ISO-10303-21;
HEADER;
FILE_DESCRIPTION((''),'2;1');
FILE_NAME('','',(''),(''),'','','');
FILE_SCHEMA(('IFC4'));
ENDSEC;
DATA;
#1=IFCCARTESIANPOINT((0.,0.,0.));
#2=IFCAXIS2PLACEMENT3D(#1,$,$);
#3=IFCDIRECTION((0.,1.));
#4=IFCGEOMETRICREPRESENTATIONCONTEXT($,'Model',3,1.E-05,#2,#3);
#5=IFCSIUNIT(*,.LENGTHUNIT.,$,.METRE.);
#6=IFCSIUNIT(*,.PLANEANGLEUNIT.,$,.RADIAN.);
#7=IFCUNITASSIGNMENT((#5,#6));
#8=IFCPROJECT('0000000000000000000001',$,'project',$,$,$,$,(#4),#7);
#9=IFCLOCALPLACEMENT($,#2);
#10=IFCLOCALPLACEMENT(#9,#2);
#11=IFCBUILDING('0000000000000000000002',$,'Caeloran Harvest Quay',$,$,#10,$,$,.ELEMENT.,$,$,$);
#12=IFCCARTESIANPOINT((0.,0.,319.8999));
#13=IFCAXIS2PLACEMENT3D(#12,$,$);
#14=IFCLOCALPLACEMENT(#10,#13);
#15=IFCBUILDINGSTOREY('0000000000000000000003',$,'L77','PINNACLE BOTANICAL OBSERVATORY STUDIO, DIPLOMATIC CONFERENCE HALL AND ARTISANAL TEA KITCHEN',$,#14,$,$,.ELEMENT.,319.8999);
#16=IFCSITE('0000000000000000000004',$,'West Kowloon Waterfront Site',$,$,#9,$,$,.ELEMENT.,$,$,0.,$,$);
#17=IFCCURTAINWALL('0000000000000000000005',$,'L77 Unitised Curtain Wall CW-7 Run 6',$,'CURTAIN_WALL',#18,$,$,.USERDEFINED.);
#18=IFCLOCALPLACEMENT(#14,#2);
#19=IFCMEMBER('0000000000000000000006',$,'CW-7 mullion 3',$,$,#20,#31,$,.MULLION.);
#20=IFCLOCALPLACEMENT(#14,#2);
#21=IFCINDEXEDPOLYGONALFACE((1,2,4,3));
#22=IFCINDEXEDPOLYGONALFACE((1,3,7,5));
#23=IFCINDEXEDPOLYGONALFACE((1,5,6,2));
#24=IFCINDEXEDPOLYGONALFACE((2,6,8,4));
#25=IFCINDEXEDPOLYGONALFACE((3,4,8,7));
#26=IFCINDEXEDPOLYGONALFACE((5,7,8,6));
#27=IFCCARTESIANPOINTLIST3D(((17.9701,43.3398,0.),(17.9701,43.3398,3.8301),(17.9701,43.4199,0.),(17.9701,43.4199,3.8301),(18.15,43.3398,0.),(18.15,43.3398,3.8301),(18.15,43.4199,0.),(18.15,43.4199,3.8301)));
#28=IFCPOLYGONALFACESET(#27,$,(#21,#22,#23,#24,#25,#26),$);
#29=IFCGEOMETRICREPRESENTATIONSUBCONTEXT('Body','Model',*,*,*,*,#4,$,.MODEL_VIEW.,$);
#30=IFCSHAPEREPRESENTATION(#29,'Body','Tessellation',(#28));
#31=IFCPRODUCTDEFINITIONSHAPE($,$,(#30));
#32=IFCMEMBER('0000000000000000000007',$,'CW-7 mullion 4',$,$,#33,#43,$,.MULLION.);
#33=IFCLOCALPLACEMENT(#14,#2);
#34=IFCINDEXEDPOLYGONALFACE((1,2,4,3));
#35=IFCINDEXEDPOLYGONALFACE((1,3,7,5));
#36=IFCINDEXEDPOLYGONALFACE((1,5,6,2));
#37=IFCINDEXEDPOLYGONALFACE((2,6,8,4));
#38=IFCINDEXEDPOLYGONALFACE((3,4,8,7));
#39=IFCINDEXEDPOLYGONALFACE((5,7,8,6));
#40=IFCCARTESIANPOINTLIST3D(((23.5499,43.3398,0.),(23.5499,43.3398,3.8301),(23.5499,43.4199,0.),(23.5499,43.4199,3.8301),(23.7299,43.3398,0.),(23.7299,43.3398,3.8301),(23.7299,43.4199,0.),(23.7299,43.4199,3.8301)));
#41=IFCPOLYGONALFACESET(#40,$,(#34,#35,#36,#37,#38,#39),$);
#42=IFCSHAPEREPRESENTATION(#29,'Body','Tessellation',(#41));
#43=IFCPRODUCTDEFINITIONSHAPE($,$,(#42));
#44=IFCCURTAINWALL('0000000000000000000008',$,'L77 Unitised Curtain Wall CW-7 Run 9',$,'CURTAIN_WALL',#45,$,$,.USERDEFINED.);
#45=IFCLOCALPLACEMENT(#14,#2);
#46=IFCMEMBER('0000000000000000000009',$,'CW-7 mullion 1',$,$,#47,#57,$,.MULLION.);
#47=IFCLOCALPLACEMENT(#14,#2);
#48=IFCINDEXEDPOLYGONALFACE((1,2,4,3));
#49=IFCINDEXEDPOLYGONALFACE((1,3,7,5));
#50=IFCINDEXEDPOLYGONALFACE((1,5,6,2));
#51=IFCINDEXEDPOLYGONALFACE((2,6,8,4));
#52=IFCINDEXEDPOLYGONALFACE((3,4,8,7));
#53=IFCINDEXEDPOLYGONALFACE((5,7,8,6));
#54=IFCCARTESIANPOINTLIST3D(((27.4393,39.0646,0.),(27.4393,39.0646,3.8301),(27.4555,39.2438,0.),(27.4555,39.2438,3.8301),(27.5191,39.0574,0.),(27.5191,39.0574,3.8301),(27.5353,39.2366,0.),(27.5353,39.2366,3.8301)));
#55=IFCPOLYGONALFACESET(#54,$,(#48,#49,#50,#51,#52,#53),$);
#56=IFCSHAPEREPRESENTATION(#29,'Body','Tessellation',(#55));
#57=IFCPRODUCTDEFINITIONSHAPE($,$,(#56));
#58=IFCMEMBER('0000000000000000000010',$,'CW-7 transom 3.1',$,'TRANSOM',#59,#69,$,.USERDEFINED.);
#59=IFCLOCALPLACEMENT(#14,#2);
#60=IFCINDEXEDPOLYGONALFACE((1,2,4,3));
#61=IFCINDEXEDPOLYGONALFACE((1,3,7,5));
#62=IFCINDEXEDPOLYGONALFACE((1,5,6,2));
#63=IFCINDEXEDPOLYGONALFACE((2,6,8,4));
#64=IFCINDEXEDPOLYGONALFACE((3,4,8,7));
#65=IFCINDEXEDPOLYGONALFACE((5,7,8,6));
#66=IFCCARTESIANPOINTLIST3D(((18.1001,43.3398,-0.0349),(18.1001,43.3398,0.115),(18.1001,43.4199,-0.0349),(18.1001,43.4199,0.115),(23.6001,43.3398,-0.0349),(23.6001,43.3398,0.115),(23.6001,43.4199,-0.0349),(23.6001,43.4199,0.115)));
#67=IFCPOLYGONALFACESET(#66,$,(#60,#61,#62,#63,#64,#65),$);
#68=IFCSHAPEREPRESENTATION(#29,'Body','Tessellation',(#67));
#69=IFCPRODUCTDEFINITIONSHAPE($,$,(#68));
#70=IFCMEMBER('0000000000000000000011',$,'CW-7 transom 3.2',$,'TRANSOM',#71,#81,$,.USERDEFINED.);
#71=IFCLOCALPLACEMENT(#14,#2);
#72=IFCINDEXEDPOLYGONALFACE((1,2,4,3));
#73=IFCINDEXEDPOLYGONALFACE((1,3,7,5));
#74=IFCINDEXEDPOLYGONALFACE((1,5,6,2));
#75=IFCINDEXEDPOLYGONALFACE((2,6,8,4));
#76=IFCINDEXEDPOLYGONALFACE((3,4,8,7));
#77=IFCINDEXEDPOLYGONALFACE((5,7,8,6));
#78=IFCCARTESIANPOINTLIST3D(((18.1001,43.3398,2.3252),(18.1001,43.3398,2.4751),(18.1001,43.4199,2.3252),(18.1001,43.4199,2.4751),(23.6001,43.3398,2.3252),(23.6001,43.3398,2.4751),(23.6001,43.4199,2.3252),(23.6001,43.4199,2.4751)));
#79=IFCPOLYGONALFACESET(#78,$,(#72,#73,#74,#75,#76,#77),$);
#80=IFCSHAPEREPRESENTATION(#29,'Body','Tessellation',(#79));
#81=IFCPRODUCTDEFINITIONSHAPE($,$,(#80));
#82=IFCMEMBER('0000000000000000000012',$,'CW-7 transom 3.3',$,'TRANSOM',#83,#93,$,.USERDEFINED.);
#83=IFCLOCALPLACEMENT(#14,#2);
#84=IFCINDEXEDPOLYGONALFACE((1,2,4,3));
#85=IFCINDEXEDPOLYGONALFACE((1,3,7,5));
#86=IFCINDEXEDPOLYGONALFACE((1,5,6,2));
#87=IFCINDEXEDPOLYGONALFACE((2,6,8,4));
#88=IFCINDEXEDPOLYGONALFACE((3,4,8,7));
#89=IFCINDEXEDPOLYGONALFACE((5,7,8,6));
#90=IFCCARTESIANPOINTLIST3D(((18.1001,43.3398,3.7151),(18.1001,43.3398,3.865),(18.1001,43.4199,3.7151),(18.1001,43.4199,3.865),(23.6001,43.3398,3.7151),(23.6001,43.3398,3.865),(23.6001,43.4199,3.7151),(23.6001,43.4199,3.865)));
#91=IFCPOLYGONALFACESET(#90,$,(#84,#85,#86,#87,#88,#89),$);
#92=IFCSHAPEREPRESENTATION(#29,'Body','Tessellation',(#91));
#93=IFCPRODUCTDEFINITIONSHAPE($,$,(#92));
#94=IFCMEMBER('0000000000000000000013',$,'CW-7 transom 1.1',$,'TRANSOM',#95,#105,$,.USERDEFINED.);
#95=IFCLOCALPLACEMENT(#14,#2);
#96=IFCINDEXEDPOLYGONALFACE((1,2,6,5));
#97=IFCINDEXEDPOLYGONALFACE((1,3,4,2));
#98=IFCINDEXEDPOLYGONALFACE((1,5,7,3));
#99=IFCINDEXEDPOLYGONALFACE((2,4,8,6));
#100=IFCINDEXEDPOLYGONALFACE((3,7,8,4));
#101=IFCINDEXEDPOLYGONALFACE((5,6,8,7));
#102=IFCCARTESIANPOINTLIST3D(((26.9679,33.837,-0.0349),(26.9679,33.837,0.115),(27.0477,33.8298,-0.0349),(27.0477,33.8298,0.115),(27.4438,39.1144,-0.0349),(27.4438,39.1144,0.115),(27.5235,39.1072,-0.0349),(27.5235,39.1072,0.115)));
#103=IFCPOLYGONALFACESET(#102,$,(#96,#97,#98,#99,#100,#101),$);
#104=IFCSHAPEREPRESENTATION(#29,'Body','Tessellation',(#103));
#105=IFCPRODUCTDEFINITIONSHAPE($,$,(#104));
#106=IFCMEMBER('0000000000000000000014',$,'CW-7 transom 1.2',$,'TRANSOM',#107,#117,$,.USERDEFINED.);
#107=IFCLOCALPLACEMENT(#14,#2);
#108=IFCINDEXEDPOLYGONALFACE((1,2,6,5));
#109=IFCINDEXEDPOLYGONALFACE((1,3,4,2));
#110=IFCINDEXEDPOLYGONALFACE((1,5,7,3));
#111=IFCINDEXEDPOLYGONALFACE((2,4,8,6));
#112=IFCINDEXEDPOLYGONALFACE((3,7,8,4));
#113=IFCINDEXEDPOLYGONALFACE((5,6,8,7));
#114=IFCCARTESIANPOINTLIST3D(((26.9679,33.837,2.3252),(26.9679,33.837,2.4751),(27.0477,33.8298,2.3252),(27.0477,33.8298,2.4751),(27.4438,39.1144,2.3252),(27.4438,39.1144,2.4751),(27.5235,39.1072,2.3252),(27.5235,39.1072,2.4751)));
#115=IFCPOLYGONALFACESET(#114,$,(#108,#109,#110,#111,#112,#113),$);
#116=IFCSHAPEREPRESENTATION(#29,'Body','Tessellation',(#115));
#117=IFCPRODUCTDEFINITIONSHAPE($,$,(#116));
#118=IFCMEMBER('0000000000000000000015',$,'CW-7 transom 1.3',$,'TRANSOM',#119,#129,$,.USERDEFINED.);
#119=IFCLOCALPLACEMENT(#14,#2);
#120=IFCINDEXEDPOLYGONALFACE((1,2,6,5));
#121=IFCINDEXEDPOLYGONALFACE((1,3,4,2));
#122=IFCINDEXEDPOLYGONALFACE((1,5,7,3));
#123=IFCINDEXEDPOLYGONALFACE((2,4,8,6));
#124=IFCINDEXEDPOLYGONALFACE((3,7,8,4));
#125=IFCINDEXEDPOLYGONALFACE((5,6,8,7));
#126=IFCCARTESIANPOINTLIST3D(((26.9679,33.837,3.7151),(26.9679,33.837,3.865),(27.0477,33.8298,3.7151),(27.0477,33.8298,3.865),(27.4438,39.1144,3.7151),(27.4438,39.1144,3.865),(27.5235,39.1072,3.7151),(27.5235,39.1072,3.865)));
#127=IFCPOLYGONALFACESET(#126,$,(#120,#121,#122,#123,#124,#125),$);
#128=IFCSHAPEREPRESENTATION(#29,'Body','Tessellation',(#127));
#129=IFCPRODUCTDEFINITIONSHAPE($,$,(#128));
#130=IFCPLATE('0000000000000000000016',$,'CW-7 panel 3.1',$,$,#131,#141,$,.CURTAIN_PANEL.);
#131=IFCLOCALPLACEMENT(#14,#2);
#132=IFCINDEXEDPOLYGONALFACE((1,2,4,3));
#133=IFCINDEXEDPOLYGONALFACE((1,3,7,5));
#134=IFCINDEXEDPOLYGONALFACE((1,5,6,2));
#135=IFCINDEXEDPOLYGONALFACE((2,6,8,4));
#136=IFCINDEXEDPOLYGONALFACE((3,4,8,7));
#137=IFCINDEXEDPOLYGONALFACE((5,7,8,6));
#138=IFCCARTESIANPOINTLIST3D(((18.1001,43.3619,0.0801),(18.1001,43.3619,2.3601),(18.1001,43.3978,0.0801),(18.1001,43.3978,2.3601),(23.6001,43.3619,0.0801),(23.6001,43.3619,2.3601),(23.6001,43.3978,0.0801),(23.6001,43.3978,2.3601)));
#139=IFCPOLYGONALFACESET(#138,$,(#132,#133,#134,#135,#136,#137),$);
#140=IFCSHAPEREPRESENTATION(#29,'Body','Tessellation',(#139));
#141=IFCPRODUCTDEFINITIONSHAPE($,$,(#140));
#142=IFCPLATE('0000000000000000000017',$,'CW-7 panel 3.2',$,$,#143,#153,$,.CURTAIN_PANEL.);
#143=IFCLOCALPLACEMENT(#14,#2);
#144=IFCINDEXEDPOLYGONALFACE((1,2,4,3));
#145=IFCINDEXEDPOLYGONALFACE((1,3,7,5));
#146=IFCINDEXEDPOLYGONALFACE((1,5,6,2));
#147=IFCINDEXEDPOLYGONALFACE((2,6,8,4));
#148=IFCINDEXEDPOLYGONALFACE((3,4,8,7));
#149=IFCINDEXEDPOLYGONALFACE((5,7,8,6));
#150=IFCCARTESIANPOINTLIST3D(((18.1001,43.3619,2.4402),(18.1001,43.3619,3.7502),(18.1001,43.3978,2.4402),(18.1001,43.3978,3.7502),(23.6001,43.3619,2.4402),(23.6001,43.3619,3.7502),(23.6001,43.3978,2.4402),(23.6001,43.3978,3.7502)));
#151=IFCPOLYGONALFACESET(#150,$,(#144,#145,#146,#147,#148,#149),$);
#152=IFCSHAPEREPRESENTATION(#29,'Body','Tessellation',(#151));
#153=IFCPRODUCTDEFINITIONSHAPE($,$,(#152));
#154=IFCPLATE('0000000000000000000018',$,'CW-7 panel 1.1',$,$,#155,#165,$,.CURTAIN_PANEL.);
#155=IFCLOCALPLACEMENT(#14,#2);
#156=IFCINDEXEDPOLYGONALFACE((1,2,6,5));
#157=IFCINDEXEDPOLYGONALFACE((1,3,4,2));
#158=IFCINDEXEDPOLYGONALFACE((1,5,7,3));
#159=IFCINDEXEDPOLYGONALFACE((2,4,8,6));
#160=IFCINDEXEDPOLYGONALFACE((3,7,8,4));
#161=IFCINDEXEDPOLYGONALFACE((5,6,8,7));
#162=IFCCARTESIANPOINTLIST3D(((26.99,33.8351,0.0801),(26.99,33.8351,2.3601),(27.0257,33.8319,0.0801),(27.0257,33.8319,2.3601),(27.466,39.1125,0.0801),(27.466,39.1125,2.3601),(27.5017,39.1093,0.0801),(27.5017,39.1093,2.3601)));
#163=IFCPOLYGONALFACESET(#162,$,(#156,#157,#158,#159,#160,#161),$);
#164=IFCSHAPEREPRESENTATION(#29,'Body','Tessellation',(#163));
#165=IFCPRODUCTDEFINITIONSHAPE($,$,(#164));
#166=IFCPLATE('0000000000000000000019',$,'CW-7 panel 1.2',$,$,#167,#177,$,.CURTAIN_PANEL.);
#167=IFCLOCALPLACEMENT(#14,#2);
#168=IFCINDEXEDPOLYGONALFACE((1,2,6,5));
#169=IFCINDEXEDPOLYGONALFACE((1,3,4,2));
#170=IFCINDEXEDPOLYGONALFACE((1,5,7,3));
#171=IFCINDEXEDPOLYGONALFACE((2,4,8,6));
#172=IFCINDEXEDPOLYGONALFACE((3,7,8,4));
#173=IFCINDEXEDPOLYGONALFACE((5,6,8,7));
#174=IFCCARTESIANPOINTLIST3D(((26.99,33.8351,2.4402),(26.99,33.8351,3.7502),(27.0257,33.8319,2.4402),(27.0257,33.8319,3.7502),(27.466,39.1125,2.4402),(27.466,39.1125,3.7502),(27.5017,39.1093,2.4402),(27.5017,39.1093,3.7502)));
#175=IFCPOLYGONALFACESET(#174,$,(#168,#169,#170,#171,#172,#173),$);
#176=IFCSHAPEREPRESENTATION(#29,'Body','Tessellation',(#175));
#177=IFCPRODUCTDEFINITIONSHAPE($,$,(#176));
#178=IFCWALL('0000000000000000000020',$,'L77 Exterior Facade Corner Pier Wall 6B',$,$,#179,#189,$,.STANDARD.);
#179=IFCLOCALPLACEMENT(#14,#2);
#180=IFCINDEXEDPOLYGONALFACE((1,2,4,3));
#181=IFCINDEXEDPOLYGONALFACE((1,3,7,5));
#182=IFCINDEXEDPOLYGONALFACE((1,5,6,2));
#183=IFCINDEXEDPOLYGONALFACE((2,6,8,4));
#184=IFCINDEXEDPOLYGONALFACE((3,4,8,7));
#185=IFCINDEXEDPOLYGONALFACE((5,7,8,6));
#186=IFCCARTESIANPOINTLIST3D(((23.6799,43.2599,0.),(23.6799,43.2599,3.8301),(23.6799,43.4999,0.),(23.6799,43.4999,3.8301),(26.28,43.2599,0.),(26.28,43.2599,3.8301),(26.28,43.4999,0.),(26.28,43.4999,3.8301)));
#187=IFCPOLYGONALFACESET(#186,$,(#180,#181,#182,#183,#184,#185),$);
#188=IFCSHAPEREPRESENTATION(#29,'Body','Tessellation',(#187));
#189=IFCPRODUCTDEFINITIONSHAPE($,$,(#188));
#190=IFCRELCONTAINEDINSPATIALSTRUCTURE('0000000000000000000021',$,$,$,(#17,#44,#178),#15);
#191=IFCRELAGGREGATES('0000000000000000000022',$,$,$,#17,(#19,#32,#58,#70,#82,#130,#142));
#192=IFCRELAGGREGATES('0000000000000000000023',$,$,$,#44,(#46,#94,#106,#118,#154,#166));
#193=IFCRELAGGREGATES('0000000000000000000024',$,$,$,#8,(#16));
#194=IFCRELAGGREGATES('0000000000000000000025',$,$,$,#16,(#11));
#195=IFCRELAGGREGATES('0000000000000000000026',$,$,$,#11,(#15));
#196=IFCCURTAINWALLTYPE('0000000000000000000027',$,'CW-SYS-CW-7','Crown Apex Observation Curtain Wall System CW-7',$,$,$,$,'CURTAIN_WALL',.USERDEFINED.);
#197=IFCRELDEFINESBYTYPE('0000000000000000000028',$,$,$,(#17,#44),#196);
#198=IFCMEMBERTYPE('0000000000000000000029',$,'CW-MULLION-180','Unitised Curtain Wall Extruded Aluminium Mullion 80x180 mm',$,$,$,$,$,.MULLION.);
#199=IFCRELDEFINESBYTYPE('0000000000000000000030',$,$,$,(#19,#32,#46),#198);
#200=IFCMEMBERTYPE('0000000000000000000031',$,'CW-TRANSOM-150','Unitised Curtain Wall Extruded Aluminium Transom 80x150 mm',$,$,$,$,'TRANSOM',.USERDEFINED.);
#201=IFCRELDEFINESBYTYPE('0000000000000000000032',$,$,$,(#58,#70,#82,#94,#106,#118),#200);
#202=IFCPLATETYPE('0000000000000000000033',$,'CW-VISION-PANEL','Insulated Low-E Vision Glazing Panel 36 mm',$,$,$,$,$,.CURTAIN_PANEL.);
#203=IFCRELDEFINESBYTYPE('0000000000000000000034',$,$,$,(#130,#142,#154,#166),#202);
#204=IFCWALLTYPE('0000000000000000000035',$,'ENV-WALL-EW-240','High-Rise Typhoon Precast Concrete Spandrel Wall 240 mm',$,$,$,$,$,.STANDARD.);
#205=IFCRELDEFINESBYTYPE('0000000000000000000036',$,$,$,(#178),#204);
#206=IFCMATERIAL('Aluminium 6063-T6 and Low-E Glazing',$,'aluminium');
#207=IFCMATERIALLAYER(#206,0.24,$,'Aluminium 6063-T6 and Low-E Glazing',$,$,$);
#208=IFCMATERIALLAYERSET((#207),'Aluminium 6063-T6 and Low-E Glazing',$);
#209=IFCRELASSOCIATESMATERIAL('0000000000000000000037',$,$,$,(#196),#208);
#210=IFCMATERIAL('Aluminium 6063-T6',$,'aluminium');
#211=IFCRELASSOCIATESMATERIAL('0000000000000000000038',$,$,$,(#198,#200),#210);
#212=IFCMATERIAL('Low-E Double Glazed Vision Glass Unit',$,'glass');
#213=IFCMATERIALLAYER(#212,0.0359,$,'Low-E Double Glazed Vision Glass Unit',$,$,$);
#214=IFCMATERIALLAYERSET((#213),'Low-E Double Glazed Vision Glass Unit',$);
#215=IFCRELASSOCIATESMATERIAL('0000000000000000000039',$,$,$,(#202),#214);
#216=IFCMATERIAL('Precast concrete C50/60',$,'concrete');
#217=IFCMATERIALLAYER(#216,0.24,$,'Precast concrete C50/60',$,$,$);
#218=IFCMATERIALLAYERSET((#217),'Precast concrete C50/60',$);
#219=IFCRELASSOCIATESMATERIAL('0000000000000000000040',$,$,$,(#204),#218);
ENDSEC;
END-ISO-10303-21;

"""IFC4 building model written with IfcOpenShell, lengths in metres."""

from ifc_helpers import new_model, si_unit, direction, frame, frame_2d, origin, origin_2d, place, context, subcontext, project, spatial, rectangle, extrude, material, layer, layer_set, material_profile, profile_set, type_object, element, aggregate, save


model = new_model("IFC4")

# Units and contexts
model_context = context("Model", 3, precision=1e-05, world=origin(), true_north=direction((0.0, 1.0)))
body_context = subcontext(model_context, "Body", "Model", "MODEL_VIEW")
ifc_project = project(units=[si_unit("LENGTHUNIT", "METRE"), si_unit("PLANEANGLEUNIT", "RADIAN")], contexts=[model_context])

# Site, building, storey
site_placement = place(None, origin())
site = spatial("IfcSite", under=ifc_project, at=site_placement, Name="West Kowloon Waterfront Site", CompositionType="ELEMENT", RefElevation=0.0)
building_placement = place(site_placement, origin())
building = spatial("IfcBuilding", under=site, at=building_placement, Name="Caeloran Harvest Quay", CompositionType="ELEMENT")
storey_placement = place(building_placement, frame((0.0, 0.0, 319.8999)))
storey = spatial("IfcBuildingStorey", under=building, at=storey_placement, Name="L77", Description="PINNACLE BOTANICAL OBSERVATORY STUDIO, DIPLOMATIC CONFERENCE HALL AND ARTISANAL TEA KITCHEN", CompositionType="ELEMENT", Elevation=319.8999)

# Curtain wall, members
ifc_material_1 = material(Name="Aluminium 6063-T6 and Low-E Glazing", Category="aluminium")
ifc_layer_1 = layer(ifc_material_1, 0.24, Name="Aluminium 6063-T6 and Low-E Glazing")
ifc_layer_set_1 = layer_set([ifc_layer_1], Name="Aluminium 6063-T6 and Low-E Glazing")
curtain_wall_type = type_object("IfcCurtainWallType", Name="CW-SYS-CW-7", Description="Crown Apex Observation Curtain Wall System CW-7", ElementType="CURTAIN_WALL", PredefinedType="USERDEFINED", material=ifc_layer_set_1)
curtain_wall_1_placement = place(storey_placement, origin())
curtain_wall_1 = element("IfcCurtainWall", 1, at=curtain_wall_1_placement, inside=storey, type_object=curtain_wall_type, Name="L77 Unitised Curtain Wall CW-7 Run 6", ObjectType="CURTAIN_WALL", PredefinedType="USERDEFINED")
ifc_material_2 = material(Name="Aluminium 6063-T6", Category="aluminium")
ifc_material_profile_1 = material_profile(ifc_material_2, rectangle(XDim=0.0801, YDim=0.1799, at=origin_2d()), Name="CW-MULLION-180")
ifc_profile_set_1 = profile_set([ifc_material_profile_1], Name="Aluminium 6063-T6")
member_type_1 = type_object("IfcMemberType", Name="CW-MULLION-180", Description="Unitised Curtain Wall Extruded Aluminium Mullion 80x180 mm", PredefinedType="MULLION", material=ifc_profile_set_1)
member_1_placement = place(storey_placement, frame((18.0601, 43.3799, 0.0), z_axis=(0.0, 0.0, 1.0), x_axis=(0.0, 1.0, 0.0)))
member_1 = element("IfcMember", 2, at=member_1_placement, type_object=member_type_1, Name="CW-7 mullion 3", PredefinedType="MULLION", context=body_context, shape_type="SweptSolid", body=[
    extrude(rectangle(XDim=0.0801, YDim=0.1799, at=origin_2d()), origin(), (0.0, 0.0, 1.0), 3.8301),
])
member_2_placement = place(storey_placement, frame((23.6399, 43.3799, 0.0), z_axis=(0.0, 0.0, 1.0), x_axis=(0.0, 1.0, 0.0)))
member_2 = element("IfcMember", 3, at=member_2_placement, type_object=member_type_1, Name="CW-7 mullion 4", PredefinedType="MULLION", context=body_context, shape_type="SweptSolid", body=[
    extrude(rectangle(XDim=0.0801, YDim=0.1799, at=origin_2d()), origin(), (0.0, 0.0, 1.0), 3.8301),
])

# Curtain wall, member
curtain_wall_2_placement = place(storey_placement, origin())
curtain_wall_2 = element("IfcCurtainWall", 4, at=curtain_wall_2_placement, inside=storey, type_object=curtain_wall_type, Name="L77 Unitised Curtain Wall CW-7 Run 9", ObjectType="CURTAIN_WALL", PredefinedType="USERDEFINED")
member_3_placement = place(storey_placement, frame((27.4873, 39.1506, 0.0), z_axis=(0.0, 0.0, 1.0), x_axis=(0.995958, -0.089821, 0.0)))
member_3 = element("IfcMember", 5, at=member_3_placement, type_object=member_type_1, Name="CW-7 mullion 1", PredefinedType="MULLION", context=body_context, shape_type="SweptSolid", body=[
    extrude(rectangle(XDim=0.0801, YDim=0.1799, at=origin_2d()), origin(), (0.0, 0.0, 1.0), 3.8301),
])

# Members
ifc_material_profile_2 = material_profile(ifc_material_2, rectangle(XDim=0.0801, YDim=0.1499, at=origin_2d()), Name="CW-TRANSOM-150")
ifc_profile_set_2 = profile_set([ifc_material_profile_2], Name="Aluminium 6063-T6")
member_type_2 = type_object("IfcMemberType", Name="CW-TRANSOM-150", Description="Unitised Curtain Wall Extruded Aluminium Transom 80x150 mm", ElementType="TRANSOM", PredefinedType="USERDEFINED", material=ifc_profile_set_2)
member_4_placement = place(storey_placement, frame((18.1001, 43.3799, 0.04), z_axis=(1.0, 0.0, 0.0), x_axis=(0.0, 1.0, 0.0)))
member_4 = element("IfcMember", 6, at=member_4_placement, type_object=member_type_2, Name="CW-7 transom 3.1", ObjectType="TRANSOM", PredefinedType="USERDEFINED", context=body_context, shape_type="SweptSolid", body=[
    extrude(rectangle(XDim=0.0801, YDim=0.1499, at=origin_2d()), origin(), (0.0, 0.0, 1.0), 5.5),
])
member_5_placement = place(storey_placement, frame((18.1001, 43.3799, 2.4001), z_axis=(1.0, 0.0, 0.0), x_axis=(0.0, 1.0, 0.0)))
member_5 = element("IfcMember", 7, at=member_5_placement, type_object=member_type_2, Name="CW-7 transom 3.2", ObjectType="TRANSOM", PredefinedType="USERDEFINED", context=body_context, shape_type="SweptSolid", body=[
    extrude(rectangle(XDim=0.0801, YDim=0.1499, at=origin_2d()), origin(), (0.0, 0.0, 1.0), 5.5),
])
member_6_placement = place(storey_placement, frame((18.1001, 43.3799, 3.79), z_axis=(1.0, 0.0, 0.0), x_axis=(0.0, 1.0, 0.0)))
member_6 = element("IfcMember", 8, at=member_6_placement, type_object=member_type_2, Name="CW-7 transom 3.3", ObjectType="TRANSOM", PredefinedType="USERDEFINED", context=body_context, shape_type="SweptSolid", body=[
    extrude(rectangle(XDim=0.0801, YDim=0.1499, at=origin_2d()), origin(), (0.0, 0.0, 1.0), 5.5),
])
member_7_placement = place(storey_placement, frame((27.4836, 39.1108, 0.04), z_axis=(-0.0898, -0.99596, 0.0), x_axis=(0.99596, -0.0898, 0.0)))
member_7 = element("IfcMember", 9, at=member_7_placement, type_object=member_type_2, Name="CW-7 transom 1.1", ObjectType="TRANSOM", PredefinedType="USERDEFINED", context=body_context, shape_type="SweptSolid", body=[
    extrude(rectangle(XDim=0.0801, YDim=0.1499, at=origin_2d()), origin(), (0.0, 0.0, 1.0), 5.2988),
])
member_8_placement = place(storey_placement, frame((27.4836, 39.1108, 2.4001), z_axis=(-0.0898, -0.99596, 0.0), x_axis=(0.99596, -0.0898, 0.0)))
member_8 = element("IfcMember", 10, at=member_8_placement, type_object=member_type_2, Name="CW-7 transom 1.2", ObjectType="TRANSOM", PredefinedType="USERDEFINED", context=body_context, shape_type="SweptSolid", body=[
    extrude(rectangle(XDim=0.0801, YDim=0.1499, at=origin_2d()), origin(), (0.0, 0.0, 1.0), 5.2988),
])
member_9_placement = place(storey_placement, frame((27.4836, 39.1108, 3.79), z_axis=(-0.0898, -0.99596, 0.0), x_axis=(0.99596, -0.0898, 0.0)))
member_9 = element("IfcMember", 11, at=member_9_placement, type_object=member_type_2, Name="CW-7 transom 1.3", ObjectType="TRANSOM", PredefinedType="USERDEFINED", context=body_context, shape_type="SweptSolid", body=[
    extrude(rectangle(XDim=0.0801, YDim=0.1499, at=origin_2d()), origin(), (0.0, 0.0, 1.0), 5.2988),
])

# Plates
ifc_material_3 = material(Name="Low-E Double Glazed Vision Glass Unit", Category="glass")
ifc_layer_2 = layer(ifc_material_3, 0.0359, Name="Low-E Double Glazed Vision Glass Unit")
ifc_layer_set_2 = layer_set([ifc_layer_2], Name="Low-E Double Glazed Vision Glass Unit")
plate_type = type_object("IfcPlateType", Name="CW-VISION-PANEL", Description="Insulated Low-E Vision Glazing Panel 36 mm", PredefinedType="CURTAIN_PANEL", material=ifc_layer_set_2)
plate_1_placement = place(storey_placement, frame((20.8501, 43.3799, 0.0801), z_axis=(0.0, 0.0, 1.0), x_axis=(1.0, 0.0, 0.0)))
plate_1 = element("IfcPlate", 12, at=plate_1_placement, type_object=plate_type, Name="CW-7 panel 3.1", PredefinedType="CURTAIN_PANEL", context=body_context, shape_type="SweptSolid", body=[
    extrude(rectangle(XDim=5.5, YDim=0.0359, at=origin_2d()), origin(), (0.0, 0.0, 1.0), 2.28),
])
plate_2_placement = place(storey_placement, frame((20.8501, 43.3799, 2.4402), z_axis=(0.0, 0.0, 1.0), x_axis=(1.0, 0.0, 0.0)))
plate_2 = element("IfcPlate", 13, at=plate_2_placement, type_object=plate_type, Name="CW-7 panel 3.2", PredefinedType="CURTAIN_PANEL", context=body_context, shape_type="SweptSolid", body=[
    extrude(rectangle(XDim=5.5, YDim=0.0359, at=origin_2d()), origin(), (0.0, 0.0, 1.0), 1.3101),
])
aggregate(curtain_wall_1, [member_1, member_2, member_4, member_5, member_6, plate_1, plate_2])
plate_3_placement = place(storey_placement, frame((27.2458, 36.4722, 0.0801), z_axis=(0.0, 0.0, 1.0), x_axis=(-0.089821, -0.995958, 0.0)))
plate_3 = element("IfcPlate", 14, at=plate_3_placement, type_object=plate_type, Name="CW-7 panel 1.1", PredefinedType="CURTAIN_PANEL", context=body_context, shape_type="SweptSolid", body=[
    extrude(rectangle(XDim=5.2988, YDim=0.0359, at=origin_2d()), origin(), (0.0, 0.0, 1.0), 2.28),
])
plate_4_placement = place(storey_placement, frame((27.2458, 36.4722, 2.4402), z_axis=(0.0, 0.0, 1.0), x_axis=(-0.089821, -0.995958, 0.0)))
plate_4 = element("IfcPlate", 15, at=plate_4_placement, type_object=plate_type, Name="CW-7 panel 1.2", PredefinedType="CURTAIN_PANEL", context=body_context, shape_type="SweptSolid", body=[
    extrude(rectangle(XDim=5.2988, YDim=0.0359, at=origin_2d()), origin(), (0.0, 0.0, 1.0), 1.3101),
])
aggregate(curtain_wall_2, [member_3, member_7, member_8, member_9, plate_3, plate_4])

# Wall
ifc_material_4 = material(Name="Precast concrete C50/60", Category="concrete")
ifc_layer_3 = layer(ifc_material_4, 0.24, Name="Precast concrete C50/60")
ifc_layer_set_3 = layer_set([ifc_layer_3], Name="Precast concrete C50/60")
wall_type_1 = type_object("IfcWallType", Name="ENV-WALL-EW-240", Description="High-Rise Typhoon Precast Concrete Spandrel Wall 240 mm", PredefinedType="STANDARD", material=ifc_layer_set_3)
wall_1_placement = place(storey_placement, frame((23.6799, 43.3799, 0.0), z_axis=(0.0, 0.0, 1.0), x_axis=(1.0, 0.0, 0.0)))
element("IfcWall", 16, at=wall_1_placement, inside=storey, type_object=wall_type_1, Name="L77 Exterior Facade Corner Pier Wall 6B", PredefinedType="STANDARD", context=body_context, shape_type="SweptSolid", body=[
    extrude(rectangle(XDim=2.6001, YDim=0.24, at=frame_2d((1.3, 0.0))), origin(), (0.0, 0.0, 1.0), 3.8301),
])

save(model, "model.ifc")
